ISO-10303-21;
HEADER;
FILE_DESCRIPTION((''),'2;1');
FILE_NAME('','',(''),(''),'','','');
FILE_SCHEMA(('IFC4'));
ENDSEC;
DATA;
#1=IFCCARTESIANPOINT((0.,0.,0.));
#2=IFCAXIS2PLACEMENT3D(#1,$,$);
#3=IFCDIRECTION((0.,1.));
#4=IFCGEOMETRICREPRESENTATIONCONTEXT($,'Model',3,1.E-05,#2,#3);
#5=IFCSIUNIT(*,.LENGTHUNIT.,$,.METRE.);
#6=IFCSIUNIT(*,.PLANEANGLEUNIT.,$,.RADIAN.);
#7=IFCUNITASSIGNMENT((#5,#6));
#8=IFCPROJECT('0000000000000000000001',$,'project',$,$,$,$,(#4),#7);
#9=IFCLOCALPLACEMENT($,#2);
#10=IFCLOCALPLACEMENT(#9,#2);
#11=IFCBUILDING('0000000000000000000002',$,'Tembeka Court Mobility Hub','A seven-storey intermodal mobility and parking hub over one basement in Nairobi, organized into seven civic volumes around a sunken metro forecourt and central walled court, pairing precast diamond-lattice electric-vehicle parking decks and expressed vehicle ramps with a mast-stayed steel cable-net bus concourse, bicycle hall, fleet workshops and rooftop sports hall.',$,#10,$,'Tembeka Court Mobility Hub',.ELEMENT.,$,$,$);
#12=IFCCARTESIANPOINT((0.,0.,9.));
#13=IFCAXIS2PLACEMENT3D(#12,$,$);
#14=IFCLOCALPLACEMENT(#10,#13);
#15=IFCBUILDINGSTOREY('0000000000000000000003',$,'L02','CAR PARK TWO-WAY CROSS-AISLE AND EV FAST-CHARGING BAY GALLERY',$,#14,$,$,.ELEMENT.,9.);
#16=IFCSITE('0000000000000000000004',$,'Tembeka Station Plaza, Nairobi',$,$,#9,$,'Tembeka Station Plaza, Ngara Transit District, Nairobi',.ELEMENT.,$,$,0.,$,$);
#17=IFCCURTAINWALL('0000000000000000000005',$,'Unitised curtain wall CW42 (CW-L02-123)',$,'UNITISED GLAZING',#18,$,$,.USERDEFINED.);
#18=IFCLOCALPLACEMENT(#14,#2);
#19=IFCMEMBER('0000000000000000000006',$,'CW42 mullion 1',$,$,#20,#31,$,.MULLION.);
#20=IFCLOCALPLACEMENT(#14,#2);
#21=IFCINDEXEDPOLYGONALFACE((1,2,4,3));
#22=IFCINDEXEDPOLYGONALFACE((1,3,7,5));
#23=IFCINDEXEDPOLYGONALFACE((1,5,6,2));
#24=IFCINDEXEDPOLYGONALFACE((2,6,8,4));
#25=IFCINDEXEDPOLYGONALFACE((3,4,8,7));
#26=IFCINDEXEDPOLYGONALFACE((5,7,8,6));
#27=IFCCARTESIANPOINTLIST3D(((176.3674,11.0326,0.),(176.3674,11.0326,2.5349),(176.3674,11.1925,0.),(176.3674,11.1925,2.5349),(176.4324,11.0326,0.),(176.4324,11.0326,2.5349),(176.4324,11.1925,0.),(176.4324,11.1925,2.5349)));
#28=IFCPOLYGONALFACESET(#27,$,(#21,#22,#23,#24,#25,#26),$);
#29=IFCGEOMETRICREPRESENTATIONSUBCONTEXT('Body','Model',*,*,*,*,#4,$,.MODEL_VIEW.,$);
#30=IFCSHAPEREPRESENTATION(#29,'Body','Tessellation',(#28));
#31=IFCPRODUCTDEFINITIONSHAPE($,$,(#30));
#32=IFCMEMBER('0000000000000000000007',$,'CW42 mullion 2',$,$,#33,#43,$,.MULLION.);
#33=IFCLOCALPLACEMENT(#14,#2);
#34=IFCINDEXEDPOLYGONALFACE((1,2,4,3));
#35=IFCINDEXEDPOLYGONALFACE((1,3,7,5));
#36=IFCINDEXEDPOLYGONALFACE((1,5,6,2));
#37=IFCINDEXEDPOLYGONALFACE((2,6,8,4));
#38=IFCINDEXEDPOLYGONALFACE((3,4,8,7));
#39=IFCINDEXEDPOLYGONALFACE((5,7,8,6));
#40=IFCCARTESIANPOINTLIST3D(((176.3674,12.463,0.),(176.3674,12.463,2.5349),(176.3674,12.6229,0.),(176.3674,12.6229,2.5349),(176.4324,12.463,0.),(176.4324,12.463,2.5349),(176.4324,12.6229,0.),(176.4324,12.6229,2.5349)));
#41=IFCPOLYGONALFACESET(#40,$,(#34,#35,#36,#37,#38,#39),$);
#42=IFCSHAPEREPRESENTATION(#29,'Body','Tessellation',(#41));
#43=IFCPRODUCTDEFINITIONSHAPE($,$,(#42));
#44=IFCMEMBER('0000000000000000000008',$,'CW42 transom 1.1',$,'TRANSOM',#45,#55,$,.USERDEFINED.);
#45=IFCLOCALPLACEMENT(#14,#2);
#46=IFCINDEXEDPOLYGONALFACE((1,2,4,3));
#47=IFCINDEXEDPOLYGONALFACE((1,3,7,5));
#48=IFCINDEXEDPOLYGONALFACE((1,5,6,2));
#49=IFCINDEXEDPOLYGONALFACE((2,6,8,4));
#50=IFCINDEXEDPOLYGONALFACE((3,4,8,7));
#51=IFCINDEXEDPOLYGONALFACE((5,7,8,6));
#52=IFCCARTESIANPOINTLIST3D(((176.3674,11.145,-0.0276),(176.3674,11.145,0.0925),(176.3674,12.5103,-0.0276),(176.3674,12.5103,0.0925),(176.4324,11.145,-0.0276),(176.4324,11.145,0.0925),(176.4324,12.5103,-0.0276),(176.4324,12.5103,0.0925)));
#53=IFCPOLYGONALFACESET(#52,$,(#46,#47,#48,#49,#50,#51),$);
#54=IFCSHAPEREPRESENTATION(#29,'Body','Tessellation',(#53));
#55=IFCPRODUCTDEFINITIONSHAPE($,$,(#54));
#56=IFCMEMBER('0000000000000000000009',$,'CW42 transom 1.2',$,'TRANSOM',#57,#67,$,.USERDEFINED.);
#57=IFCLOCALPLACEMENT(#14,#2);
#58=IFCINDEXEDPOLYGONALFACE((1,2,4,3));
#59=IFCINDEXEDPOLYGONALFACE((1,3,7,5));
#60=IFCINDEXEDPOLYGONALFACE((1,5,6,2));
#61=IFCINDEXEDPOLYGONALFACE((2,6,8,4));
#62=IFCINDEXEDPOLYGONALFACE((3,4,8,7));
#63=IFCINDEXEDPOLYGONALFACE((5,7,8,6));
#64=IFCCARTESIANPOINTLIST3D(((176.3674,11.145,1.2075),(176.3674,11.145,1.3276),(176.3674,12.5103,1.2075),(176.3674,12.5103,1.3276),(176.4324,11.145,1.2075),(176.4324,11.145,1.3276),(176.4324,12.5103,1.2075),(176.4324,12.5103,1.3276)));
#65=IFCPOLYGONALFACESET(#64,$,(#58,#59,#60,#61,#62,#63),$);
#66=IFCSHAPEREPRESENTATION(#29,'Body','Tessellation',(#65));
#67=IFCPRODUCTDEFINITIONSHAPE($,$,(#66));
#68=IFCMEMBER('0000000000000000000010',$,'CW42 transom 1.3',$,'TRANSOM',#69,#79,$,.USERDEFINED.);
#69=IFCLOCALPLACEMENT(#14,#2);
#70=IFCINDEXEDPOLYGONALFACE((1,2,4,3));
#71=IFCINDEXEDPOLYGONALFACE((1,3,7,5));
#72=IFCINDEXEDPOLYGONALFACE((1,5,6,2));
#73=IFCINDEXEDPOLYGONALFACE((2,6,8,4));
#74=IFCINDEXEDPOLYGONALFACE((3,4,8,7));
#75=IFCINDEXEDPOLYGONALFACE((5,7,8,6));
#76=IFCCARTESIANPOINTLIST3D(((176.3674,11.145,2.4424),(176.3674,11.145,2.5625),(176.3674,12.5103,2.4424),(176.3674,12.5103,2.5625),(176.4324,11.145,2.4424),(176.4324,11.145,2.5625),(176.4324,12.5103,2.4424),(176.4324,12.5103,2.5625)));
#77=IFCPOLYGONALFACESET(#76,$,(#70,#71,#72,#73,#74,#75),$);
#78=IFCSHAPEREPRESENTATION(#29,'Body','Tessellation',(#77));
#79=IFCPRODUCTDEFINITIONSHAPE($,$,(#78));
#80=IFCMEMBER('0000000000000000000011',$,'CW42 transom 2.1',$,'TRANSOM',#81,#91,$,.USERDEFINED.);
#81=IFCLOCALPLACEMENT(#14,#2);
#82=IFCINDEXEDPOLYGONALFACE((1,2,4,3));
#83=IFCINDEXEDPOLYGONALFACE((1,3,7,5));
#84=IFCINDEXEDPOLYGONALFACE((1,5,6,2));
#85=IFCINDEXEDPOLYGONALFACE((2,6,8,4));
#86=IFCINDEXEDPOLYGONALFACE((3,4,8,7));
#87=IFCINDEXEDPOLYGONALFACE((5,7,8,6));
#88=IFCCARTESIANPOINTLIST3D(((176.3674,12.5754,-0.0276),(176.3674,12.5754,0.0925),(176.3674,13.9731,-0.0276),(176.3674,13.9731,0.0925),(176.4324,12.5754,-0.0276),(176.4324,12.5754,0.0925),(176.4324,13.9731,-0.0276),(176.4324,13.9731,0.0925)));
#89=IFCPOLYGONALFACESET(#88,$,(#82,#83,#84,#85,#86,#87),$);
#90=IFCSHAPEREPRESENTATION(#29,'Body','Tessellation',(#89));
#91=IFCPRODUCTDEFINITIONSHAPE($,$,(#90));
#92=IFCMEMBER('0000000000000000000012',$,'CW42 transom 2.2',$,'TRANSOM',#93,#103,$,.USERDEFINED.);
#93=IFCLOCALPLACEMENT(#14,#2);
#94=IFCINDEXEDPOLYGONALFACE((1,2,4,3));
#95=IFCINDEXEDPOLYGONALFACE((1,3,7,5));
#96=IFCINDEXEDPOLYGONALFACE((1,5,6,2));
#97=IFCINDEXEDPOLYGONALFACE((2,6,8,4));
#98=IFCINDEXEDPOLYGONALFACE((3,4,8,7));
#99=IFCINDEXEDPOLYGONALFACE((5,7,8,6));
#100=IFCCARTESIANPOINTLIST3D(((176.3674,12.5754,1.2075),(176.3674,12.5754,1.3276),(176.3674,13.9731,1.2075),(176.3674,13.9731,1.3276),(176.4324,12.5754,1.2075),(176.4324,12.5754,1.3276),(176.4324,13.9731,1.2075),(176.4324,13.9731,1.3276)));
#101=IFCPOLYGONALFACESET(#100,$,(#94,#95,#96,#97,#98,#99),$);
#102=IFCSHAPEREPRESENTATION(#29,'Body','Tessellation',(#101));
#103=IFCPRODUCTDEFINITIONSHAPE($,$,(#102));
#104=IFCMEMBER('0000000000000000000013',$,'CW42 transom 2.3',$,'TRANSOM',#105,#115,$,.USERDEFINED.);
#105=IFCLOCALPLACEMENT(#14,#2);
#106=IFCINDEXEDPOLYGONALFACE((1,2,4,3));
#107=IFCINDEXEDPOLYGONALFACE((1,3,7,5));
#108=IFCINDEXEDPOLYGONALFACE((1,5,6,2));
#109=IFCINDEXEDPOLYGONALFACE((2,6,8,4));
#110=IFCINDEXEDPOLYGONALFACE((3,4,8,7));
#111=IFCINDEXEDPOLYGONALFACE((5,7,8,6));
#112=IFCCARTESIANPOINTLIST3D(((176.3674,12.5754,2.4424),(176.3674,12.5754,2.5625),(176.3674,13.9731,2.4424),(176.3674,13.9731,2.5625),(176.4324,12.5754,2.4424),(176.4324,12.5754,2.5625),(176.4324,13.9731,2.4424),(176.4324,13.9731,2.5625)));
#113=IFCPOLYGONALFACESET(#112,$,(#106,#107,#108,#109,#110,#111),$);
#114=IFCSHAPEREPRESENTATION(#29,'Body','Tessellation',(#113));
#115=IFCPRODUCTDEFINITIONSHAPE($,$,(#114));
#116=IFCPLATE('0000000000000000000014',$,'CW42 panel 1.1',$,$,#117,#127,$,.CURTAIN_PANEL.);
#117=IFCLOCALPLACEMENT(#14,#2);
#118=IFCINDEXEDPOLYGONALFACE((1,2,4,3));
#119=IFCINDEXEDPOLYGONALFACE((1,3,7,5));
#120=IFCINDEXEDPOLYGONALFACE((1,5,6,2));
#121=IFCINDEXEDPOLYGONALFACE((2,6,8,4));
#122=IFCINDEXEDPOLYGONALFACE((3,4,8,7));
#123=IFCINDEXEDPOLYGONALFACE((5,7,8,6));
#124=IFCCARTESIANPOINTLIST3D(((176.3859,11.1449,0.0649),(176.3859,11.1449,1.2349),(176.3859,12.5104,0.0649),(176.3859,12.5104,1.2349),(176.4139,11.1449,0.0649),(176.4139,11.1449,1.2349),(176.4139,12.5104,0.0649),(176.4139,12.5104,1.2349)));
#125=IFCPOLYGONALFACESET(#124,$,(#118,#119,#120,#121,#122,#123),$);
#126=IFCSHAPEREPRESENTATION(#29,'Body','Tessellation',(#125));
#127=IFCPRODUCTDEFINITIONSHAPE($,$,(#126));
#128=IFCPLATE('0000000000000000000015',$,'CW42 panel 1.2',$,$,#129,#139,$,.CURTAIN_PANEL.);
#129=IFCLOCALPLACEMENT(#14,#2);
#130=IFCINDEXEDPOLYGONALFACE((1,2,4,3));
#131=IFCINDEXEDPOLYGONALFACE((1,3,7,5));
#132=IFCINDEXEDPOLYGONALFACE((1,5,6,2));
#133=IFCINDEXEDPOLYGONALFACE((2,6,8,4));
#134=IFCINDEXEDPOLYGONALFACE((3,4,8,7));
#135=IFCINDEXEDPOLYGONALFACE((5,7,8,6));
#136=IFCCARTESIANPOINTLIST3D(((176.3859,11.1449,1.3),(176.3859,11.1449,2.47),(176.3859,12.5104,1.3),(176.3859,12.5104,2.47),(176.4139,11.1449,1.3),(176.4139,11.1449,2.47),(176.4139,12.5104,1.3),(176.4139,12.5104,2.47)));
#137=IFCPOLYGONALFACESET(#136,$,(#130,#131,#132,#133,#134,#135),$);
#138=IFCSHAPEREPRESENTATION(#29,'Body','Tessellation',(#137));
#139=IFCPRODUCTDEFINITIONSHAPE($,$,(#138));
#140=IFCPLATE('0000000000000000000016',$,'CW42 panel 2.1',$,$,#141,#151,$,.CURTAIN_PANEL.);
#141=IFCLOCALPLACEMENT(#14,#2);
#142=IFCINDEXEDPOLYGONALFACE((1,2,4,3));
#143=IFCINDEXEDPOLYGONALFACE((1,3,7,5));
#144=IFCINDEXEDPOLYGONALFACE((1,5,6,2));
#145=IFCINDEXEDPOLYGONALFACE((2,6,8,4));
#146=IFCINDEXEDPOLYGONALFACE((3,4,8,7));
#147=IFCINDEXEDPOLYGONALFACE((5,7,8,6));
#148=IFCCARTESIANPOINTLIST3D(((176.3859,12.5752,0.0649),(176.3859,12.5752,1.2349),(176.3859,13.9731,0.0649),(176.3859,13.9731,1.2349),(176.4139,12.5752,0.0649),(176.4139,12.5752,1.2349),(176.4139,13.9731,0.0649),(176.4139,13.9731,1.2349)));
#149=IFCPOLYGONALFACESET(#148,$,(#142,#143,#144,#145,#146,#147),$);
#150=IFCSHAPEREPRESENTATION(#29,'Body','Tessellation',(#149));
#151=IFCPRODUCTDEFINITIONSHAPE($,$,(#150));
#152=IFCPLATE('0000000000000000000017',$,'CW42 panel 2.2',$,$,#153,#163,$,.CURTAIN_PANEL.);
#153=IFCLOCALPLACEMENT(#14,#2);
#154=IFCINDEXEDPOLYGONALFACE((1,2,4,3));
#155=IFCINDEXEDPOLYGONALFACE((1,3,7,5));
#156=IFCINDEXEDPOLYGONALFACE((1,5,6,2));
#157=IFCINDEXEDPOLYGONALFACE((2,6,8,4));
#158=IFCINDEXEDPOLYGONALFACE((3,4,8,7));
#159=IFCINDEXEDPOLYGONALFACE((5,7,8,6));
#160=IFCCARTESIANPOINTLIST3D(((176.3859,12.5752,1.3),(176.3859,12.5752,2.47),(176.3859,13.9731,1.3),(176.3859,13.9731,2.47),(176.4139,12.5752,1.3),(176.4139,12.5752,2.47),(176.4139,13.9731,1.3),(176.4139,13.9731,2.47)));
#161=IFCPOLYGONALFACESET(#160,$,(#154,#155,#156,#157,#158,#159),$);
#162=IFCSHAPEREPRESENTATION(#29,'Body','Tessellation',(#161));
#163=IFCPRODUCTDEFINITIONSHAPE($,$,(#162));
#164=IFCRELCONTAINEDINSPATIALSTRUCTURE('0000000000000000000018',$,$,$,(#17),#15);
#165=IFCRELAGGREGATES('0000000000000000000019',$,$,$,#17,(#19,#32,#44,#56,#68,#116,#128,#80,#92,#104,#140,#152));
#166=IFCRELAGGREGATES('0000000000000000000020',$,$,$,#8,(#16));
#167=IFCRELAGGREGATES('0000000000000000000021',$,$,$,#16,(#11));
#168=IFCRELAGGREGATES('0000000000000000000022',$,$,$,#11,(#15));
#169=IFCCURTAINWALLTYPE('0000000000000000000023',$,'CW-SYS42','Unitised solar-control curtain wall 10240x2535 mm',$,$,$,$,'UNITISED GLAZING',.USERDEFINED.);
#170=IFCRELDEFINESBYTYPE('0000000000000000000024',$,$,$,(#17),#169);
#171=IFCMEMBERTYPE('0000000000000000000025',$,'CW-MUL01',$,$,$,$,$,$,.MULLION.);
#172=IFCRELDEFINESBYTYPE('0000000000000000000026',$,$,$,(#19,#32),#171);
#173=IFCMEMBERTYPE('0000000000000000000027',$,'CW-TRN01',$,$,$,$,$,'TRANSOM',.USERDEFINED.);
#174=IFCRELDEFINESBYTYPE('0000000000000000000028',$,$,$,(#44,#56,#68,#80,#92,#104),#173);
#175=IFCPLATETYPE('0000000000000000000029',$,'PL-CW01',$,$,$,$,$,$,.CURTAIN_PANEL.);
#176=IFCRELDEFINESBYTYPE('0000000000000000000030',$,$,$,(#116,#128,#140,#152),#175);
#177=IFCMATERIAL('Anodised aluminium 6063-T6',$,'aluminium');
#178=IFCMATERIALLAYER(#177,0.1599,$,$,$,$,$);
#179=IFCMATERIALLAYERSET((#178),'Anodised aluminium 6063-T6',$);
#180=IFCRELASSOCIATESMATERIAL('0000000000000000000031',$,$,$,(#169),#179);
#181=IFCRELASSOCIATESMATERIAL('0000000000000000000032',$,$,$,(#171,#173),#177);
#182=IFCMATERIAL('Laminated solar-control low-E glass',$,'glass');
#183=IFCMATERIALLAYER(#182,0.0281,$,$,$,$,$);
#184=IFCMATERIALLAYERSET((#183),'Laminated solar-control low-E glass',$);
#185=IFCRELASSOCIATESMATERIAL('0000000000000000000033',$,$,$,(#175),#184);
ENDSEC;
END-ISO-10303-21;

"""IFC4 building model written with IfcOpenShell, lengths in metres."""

from ifc_helpers import new_model, si_unit, direction, frame, origin, origin_2d, place, context, subcontext, project, spatial, rectangle, extrude, material, layer, layer_set, material_profile, profile_set, type_object, element, aggregate, save


model = new_model("IFC4")

# Units and contexts
model_context = context("Model", 3, precision=1e-05, world=origin(), true_north=direction((0.0, 1.0)))
body_context = subcontext(model_context, "Body", "Model", "MODEL_VIEW")
ifc_project = project(units=[si_unit("LENGTHUNIT", "METRE"), si_unit("PLANEANGLEUNIT", "RADIAN")], contexts=[model_context])

# Site, building, storey
site_placement = place(None, origin())
site = spatial("IfcSite", under=ifc_project, at=site_placement, Name="Tembeka Station Plaza, Nairobi", LongName="Tembeka Station Plaza, Ngara Transit District, Nairobi", CompositionType="ELEMENT", RefElevation=0.0)
building_placement = place(site_placement, origin())
building = spatial("IfcBuilding", under=site, at=building_placement, Name="Tembeka Court Mobility Hub", Description="A seven-storey intermodal mobility and parking hub over one basement in Nairobi, organized into seven civic volumes around a sunken metro forecourt and central walled court, pairing precast diamond-lattice electric-vehicle parking decks and expressed vehicle ramps with a mast-stayed steel cable-net bus concourse, bicycle hall, fleet workshops and rooftop sports hall.", LongName="Tembeka Court Mobility Hub", CompositionType="ELEMENT")
storey_placement = place(building_placement, frame((0.0, 0.0, 9.0)))
storey = spatial("IfcBuildingStorey", under=building, at=storey_placement, Name="L02", Description="CAR PARK TWO-WAY CROSS-AISLE AND EV FAST-CHARGING BAY GALLERY", CompositionType="ELEMENT", Elevation=9.0)

# Curtain wall, members, plates
ifc_material_1 = material(Name="Anodised aluminium 6063-T6", Category="aluminium")
ifc_layer_1 = layer(ifc_material_1, 0.1599)
ifc_layer_set_1 = layer_set([ifc_layer_1], Name="Anodised aluminium 6063-T6")
curtain_wall_type = type_object("IfcCurtainWallType", Name="CW-SYS42", Description="Unitised solar-control curtain wall 10240x2535 mm", ElementType="UNITISED GLAZING", PredefinedType="USERDEFINED", material=ifc_layer_set_1)
curtain_wall_placement = place(storey_placement, origin())
curtain_wall = element("IfcCurtainWall", 1, at=curtain_wall_placement, inside=storey, type_object=curtain_wall_type, Name="Unitised curtain wall CW42 (CW-L02-123)", ObjectType="UNITISED GLAZING", PredefinedType="USERDEFINED")
ifc_material_profile_1 = material_profile(ifc_material_1, rectangle(XDim=0.0649, YDim=0.1599, at=origin_2d()), Name="ALU-MUL 65x160")
ifc_profile_set_1 = profile_set([ifc_material_profile_1], Name="Anodised aluminium 6063-T6")
member_type_1 = type_object("IfcMemberType", Name="CW-MUL01", PredefinedType="MULLION", material=ifc_profile_set_1)
member_1_placement = place(storey_placement, frame((176.3999, 11.1125, 0.0), z_axis=(0.0, 0.0, 1.0), x_axis=(-1.0, 0.0, 0.0)))
member_1 = element("IfcMember", 2, at=member_1_placement, type_object=member_type_1, Name="CW42 mullion 1", PredefinedType="MULLION", context=body_context, shape_type="SweptSolid", body=[
    extrude(rectangle(XDim=0.0649, YDim=0.1599, at=origin_2d()), origin(), (0.0, 0.0, 1.0), 2.5349),
])
member_2_placement = place(storey_placement, frame((176.3999, 12.543, 0.0), z_axis=(0.0, 0.0, 1.0), x_axis=(-1.0, 0.0, 0.0)))
member_2 = element("IfcMember", 3, at=member_2_placement, type_object=member_type_1, Name="CW42 mullion 2", PredefinedType="MULLION", context=body_context, shape_type="SweptSolid", body=[
    extrude(rectangle(XDim=0.0649, YDim=0.1599, at=origin_2d()), origin(), (0.0, 0.0, 1.0), 2.5349),
])
ifc_material_profile_2 = material_profile(ifc_material_1, rectangle(XDim=0.0649, YDim=0.1201, at=origin_2d()), Name="ALU-TRN 65x120")
ifc_profile_set_2 = profile_set([ifc_material_profile_2], Name="Anodised aluminium 6063-T6")
member_type_2 = type_object("IfcMemberType", Name="CW-TRN01", ElementType="TRANSOM", PredefinedType="USERDEFINED", material=ifc_profile_set_2)
member_3_placement = place(storey_placement, frame((176.3999, 11.145, 0.0325), z_axis=(0.0, 1.0, 0.0), x_axis=(-1.0, 0.0, 0.0)))
member_3 = element("IfcMember", 4, at=member_3_placement, type_object=member_type_2, Name="CW42 transom 1.1", ObjectType="TRANSOM", PredefinedType="USERDEFINED", context=body_context, shape_type="SweptSolid", body=[
    extrude(rectangle(XDim=0.0649, YDim=0.1201, at=origin_2d()), origin(), (0.0, 0.0, 1.0), 1.3652),
])
member_4_placement = place(storey_placement, frame((176.3999, 11.145, 1.2676), z_axis=(0.0, 1.0, 0.0), x_axis=(-1.0, 0.0, 0.0)))
member_4 = element("IfcMember", 5, at=member_4_placement, type_object=member_type_2, Name="CW42 transom 1.2", ObjectType="TRANSOM", PredefinedType="USERDEFINED", context=body_context, shape_type="SweptSolid", body=[
    extrude(rectangle(XDim=0.0649, YDim=0.1201, at=origin_2d()), origin(), (0.0, 0.0, 1.0), 1.3652),
])
member_5_placement = place(storey_placement, frame((176.3999, 11.145, 2.5024), z_axis=(0.0, 1.0, 0.0), x_axis=(-1.0, 0.0, 0.0)))
member_5 = element("IfcMember", 6, at=member_5_placement, type_object=member_type_2, Name="CW42 transom 1.3", ObjectType="TRANSOM", PredefinedType="USERDEFINED", context=body_context, shape_type="SweptSolid", body=[
    extrude(rectangle(XDim=0.0649, YDim=0.1201, at=origin_2d()), origin(), (0.0, 0.0, 1.0), 1.3652),
])
member_6_placement = place(storey_placement, frame((176.3999, 12.5754, 0.0325), z_axis=(0.0, 1.0, 0.0), x_axis=(-1.0, 0.0, 0.0)))
member_6 = element("IfcMember", 7, at=member_6_placement, type_object=member_type_2, Name="CW42 transom 2.1", ObjectType="TRANSOM", PredefinedType="USERDEFINED", context=body_context, shape_type="SweptSolid", body=[
    extrude(rectangle(XDim=0.0649, YDim=0.1201, at=origin_2d()), origin(), (0.0, 0.0, 1.0), 1.3977),
])
member_7_placement = place(storey_placement, frame((176.3999, 12.5754, 1.2676), z_axis=(0.0, 1.0, 0.0), x_axis=(-1.0, 0.0, 0.0)))
member_7 = element("IfcMember", 8, at=member_7_placement, type_object=member_type_2, Name="CW42 transom 2.2", ObjectType="TRANSOM", PredefinedType="USERDEFINED", context=body_context, shape_type="SweptSolid", body=[
    extrude(rectangle(XDim=0.0649, YDim=0.1201, at=origin_2d()), origin(), (0.0, 0.0, 1.0), 1.3977),
])
member_8_placement = place(storey_placement, frame((176.3999, 12.5754, 2.5024), z_axis=(0.0, 1.0, 0.0), x_axis=(-1.0, 0.0, 0.0)))
member_8 = element("IfcMember", 9, at=member_8_placement, type_object=member_type_2, Name="CW42 transom 2.3", ObjectType="TRANSOM", PredefinedType="USERDEFINED", context=body_context, shape_type="SweptSolid", body=[
    extrude(rectangle(XDim=0.0649, YDim=0.1201, at=origin_2d()), origin(), (0.0, 0.0, 1.0), 1.3977),
])
ifc_material_2 = material(Name="Laminated solar-control low-E glass", Category="glass")
ifc_layer_2 = layer(ifc_material_2, 0.0281)
ifc_layer_set_2 = layer_set([ifc_layer_2], Name="Laminated solar-control low-E glass")
plate_type = type_object("IfcPlateType", Name="PL-CW01", PredefinedType="CURTAIN_PANEL", material=ifc_layer_set_2)
plate_1_placement = place(storey_placement, frame((176.3999, 11.8276, 0.0649), z_axis=(0.0, 0.0, 1.0), x_axis=(0.0, 1.0, 0.0)))
plate_1 = element("IfcPlate", 10, at=plate_1_placement, type_object=plate_type, Name="CW42 panel 1.1", PredefinedType="CURTAIN_PANEL", context=body_context, shape_type="SweptSolid", body=[
    extrude(rectangle(XDim=1.3655, YDim=0.0281, at=origin_2d()), origin(), (0.0, 0.0, 1.0), 1.1699),
])
plate_2_placement = place(storey_placement, frame((176.3999, 11.8276, 1.3), z_axis=(0.0, 0.0, 1.0), x_axis=(0.0, 1.0, 0.0)))
plate_2 = element("IfcPlate", 11, at=plate_2_placement, type_object=plate_type, Name="CW42 panel 1.2", PredefinedType="CURTAIN_PANEL", context=body_context, shape_type="SweptSolid", body=[
    extrude(rectangle(XDim=1.3655, YDim=0.0281, at=origin_2d()), origin(), (0.0, 0.0, 1.0), 1.1699),
])
plate_3_placement = place(storey_placement, frame((176.3999, 13.2742, 0.0649), z_axis=(0.0, 0.0, 1.0), x_axis=(0.0, 1.0, 0.0)))
plate_3 = element("IfcPlate", 12, at=plate_3_placement, type_object=plate_type, Name="CW42 panel 2.1", PredefinedType="CURTAIN_PANEL", context=body_context, shape_type="SweptSolid", body=[
    extrude(rectangle(XDim=1.3979, YDim=0.0281, at=origin_2d()), origin(), (0.0, 0.0, 1.0), 1.1699),
])
plate_4_placement = place(storey_placement, frame((176.3999, 13.2742, 1.3), z_axis=(0.0, 0.0, 1.0), x_axis=(0.0, 1.0, 0.0)))
plate_4 = element("IfcPlate", 13, at=plate_4_placement, type_object=plate_type, Name="CW42 panel 2.2", PredefinedType="CURTAIN_PANEL", context=body_context, shape_type="SweptSolid", body=[
    extrude(rectangle(XDim=1.3979, YDim=0.0281, at=origin_2d()), origin(), (0.0, 0.0, 1.0), 1.1699),
])
aggregate(curtain_wall, [member_1, member_2, member_3, member_4, member_5, plate_1, plate_2, member_6, member_7, member_8, plate_3, plate_4])

save(model, "model.ifc")
